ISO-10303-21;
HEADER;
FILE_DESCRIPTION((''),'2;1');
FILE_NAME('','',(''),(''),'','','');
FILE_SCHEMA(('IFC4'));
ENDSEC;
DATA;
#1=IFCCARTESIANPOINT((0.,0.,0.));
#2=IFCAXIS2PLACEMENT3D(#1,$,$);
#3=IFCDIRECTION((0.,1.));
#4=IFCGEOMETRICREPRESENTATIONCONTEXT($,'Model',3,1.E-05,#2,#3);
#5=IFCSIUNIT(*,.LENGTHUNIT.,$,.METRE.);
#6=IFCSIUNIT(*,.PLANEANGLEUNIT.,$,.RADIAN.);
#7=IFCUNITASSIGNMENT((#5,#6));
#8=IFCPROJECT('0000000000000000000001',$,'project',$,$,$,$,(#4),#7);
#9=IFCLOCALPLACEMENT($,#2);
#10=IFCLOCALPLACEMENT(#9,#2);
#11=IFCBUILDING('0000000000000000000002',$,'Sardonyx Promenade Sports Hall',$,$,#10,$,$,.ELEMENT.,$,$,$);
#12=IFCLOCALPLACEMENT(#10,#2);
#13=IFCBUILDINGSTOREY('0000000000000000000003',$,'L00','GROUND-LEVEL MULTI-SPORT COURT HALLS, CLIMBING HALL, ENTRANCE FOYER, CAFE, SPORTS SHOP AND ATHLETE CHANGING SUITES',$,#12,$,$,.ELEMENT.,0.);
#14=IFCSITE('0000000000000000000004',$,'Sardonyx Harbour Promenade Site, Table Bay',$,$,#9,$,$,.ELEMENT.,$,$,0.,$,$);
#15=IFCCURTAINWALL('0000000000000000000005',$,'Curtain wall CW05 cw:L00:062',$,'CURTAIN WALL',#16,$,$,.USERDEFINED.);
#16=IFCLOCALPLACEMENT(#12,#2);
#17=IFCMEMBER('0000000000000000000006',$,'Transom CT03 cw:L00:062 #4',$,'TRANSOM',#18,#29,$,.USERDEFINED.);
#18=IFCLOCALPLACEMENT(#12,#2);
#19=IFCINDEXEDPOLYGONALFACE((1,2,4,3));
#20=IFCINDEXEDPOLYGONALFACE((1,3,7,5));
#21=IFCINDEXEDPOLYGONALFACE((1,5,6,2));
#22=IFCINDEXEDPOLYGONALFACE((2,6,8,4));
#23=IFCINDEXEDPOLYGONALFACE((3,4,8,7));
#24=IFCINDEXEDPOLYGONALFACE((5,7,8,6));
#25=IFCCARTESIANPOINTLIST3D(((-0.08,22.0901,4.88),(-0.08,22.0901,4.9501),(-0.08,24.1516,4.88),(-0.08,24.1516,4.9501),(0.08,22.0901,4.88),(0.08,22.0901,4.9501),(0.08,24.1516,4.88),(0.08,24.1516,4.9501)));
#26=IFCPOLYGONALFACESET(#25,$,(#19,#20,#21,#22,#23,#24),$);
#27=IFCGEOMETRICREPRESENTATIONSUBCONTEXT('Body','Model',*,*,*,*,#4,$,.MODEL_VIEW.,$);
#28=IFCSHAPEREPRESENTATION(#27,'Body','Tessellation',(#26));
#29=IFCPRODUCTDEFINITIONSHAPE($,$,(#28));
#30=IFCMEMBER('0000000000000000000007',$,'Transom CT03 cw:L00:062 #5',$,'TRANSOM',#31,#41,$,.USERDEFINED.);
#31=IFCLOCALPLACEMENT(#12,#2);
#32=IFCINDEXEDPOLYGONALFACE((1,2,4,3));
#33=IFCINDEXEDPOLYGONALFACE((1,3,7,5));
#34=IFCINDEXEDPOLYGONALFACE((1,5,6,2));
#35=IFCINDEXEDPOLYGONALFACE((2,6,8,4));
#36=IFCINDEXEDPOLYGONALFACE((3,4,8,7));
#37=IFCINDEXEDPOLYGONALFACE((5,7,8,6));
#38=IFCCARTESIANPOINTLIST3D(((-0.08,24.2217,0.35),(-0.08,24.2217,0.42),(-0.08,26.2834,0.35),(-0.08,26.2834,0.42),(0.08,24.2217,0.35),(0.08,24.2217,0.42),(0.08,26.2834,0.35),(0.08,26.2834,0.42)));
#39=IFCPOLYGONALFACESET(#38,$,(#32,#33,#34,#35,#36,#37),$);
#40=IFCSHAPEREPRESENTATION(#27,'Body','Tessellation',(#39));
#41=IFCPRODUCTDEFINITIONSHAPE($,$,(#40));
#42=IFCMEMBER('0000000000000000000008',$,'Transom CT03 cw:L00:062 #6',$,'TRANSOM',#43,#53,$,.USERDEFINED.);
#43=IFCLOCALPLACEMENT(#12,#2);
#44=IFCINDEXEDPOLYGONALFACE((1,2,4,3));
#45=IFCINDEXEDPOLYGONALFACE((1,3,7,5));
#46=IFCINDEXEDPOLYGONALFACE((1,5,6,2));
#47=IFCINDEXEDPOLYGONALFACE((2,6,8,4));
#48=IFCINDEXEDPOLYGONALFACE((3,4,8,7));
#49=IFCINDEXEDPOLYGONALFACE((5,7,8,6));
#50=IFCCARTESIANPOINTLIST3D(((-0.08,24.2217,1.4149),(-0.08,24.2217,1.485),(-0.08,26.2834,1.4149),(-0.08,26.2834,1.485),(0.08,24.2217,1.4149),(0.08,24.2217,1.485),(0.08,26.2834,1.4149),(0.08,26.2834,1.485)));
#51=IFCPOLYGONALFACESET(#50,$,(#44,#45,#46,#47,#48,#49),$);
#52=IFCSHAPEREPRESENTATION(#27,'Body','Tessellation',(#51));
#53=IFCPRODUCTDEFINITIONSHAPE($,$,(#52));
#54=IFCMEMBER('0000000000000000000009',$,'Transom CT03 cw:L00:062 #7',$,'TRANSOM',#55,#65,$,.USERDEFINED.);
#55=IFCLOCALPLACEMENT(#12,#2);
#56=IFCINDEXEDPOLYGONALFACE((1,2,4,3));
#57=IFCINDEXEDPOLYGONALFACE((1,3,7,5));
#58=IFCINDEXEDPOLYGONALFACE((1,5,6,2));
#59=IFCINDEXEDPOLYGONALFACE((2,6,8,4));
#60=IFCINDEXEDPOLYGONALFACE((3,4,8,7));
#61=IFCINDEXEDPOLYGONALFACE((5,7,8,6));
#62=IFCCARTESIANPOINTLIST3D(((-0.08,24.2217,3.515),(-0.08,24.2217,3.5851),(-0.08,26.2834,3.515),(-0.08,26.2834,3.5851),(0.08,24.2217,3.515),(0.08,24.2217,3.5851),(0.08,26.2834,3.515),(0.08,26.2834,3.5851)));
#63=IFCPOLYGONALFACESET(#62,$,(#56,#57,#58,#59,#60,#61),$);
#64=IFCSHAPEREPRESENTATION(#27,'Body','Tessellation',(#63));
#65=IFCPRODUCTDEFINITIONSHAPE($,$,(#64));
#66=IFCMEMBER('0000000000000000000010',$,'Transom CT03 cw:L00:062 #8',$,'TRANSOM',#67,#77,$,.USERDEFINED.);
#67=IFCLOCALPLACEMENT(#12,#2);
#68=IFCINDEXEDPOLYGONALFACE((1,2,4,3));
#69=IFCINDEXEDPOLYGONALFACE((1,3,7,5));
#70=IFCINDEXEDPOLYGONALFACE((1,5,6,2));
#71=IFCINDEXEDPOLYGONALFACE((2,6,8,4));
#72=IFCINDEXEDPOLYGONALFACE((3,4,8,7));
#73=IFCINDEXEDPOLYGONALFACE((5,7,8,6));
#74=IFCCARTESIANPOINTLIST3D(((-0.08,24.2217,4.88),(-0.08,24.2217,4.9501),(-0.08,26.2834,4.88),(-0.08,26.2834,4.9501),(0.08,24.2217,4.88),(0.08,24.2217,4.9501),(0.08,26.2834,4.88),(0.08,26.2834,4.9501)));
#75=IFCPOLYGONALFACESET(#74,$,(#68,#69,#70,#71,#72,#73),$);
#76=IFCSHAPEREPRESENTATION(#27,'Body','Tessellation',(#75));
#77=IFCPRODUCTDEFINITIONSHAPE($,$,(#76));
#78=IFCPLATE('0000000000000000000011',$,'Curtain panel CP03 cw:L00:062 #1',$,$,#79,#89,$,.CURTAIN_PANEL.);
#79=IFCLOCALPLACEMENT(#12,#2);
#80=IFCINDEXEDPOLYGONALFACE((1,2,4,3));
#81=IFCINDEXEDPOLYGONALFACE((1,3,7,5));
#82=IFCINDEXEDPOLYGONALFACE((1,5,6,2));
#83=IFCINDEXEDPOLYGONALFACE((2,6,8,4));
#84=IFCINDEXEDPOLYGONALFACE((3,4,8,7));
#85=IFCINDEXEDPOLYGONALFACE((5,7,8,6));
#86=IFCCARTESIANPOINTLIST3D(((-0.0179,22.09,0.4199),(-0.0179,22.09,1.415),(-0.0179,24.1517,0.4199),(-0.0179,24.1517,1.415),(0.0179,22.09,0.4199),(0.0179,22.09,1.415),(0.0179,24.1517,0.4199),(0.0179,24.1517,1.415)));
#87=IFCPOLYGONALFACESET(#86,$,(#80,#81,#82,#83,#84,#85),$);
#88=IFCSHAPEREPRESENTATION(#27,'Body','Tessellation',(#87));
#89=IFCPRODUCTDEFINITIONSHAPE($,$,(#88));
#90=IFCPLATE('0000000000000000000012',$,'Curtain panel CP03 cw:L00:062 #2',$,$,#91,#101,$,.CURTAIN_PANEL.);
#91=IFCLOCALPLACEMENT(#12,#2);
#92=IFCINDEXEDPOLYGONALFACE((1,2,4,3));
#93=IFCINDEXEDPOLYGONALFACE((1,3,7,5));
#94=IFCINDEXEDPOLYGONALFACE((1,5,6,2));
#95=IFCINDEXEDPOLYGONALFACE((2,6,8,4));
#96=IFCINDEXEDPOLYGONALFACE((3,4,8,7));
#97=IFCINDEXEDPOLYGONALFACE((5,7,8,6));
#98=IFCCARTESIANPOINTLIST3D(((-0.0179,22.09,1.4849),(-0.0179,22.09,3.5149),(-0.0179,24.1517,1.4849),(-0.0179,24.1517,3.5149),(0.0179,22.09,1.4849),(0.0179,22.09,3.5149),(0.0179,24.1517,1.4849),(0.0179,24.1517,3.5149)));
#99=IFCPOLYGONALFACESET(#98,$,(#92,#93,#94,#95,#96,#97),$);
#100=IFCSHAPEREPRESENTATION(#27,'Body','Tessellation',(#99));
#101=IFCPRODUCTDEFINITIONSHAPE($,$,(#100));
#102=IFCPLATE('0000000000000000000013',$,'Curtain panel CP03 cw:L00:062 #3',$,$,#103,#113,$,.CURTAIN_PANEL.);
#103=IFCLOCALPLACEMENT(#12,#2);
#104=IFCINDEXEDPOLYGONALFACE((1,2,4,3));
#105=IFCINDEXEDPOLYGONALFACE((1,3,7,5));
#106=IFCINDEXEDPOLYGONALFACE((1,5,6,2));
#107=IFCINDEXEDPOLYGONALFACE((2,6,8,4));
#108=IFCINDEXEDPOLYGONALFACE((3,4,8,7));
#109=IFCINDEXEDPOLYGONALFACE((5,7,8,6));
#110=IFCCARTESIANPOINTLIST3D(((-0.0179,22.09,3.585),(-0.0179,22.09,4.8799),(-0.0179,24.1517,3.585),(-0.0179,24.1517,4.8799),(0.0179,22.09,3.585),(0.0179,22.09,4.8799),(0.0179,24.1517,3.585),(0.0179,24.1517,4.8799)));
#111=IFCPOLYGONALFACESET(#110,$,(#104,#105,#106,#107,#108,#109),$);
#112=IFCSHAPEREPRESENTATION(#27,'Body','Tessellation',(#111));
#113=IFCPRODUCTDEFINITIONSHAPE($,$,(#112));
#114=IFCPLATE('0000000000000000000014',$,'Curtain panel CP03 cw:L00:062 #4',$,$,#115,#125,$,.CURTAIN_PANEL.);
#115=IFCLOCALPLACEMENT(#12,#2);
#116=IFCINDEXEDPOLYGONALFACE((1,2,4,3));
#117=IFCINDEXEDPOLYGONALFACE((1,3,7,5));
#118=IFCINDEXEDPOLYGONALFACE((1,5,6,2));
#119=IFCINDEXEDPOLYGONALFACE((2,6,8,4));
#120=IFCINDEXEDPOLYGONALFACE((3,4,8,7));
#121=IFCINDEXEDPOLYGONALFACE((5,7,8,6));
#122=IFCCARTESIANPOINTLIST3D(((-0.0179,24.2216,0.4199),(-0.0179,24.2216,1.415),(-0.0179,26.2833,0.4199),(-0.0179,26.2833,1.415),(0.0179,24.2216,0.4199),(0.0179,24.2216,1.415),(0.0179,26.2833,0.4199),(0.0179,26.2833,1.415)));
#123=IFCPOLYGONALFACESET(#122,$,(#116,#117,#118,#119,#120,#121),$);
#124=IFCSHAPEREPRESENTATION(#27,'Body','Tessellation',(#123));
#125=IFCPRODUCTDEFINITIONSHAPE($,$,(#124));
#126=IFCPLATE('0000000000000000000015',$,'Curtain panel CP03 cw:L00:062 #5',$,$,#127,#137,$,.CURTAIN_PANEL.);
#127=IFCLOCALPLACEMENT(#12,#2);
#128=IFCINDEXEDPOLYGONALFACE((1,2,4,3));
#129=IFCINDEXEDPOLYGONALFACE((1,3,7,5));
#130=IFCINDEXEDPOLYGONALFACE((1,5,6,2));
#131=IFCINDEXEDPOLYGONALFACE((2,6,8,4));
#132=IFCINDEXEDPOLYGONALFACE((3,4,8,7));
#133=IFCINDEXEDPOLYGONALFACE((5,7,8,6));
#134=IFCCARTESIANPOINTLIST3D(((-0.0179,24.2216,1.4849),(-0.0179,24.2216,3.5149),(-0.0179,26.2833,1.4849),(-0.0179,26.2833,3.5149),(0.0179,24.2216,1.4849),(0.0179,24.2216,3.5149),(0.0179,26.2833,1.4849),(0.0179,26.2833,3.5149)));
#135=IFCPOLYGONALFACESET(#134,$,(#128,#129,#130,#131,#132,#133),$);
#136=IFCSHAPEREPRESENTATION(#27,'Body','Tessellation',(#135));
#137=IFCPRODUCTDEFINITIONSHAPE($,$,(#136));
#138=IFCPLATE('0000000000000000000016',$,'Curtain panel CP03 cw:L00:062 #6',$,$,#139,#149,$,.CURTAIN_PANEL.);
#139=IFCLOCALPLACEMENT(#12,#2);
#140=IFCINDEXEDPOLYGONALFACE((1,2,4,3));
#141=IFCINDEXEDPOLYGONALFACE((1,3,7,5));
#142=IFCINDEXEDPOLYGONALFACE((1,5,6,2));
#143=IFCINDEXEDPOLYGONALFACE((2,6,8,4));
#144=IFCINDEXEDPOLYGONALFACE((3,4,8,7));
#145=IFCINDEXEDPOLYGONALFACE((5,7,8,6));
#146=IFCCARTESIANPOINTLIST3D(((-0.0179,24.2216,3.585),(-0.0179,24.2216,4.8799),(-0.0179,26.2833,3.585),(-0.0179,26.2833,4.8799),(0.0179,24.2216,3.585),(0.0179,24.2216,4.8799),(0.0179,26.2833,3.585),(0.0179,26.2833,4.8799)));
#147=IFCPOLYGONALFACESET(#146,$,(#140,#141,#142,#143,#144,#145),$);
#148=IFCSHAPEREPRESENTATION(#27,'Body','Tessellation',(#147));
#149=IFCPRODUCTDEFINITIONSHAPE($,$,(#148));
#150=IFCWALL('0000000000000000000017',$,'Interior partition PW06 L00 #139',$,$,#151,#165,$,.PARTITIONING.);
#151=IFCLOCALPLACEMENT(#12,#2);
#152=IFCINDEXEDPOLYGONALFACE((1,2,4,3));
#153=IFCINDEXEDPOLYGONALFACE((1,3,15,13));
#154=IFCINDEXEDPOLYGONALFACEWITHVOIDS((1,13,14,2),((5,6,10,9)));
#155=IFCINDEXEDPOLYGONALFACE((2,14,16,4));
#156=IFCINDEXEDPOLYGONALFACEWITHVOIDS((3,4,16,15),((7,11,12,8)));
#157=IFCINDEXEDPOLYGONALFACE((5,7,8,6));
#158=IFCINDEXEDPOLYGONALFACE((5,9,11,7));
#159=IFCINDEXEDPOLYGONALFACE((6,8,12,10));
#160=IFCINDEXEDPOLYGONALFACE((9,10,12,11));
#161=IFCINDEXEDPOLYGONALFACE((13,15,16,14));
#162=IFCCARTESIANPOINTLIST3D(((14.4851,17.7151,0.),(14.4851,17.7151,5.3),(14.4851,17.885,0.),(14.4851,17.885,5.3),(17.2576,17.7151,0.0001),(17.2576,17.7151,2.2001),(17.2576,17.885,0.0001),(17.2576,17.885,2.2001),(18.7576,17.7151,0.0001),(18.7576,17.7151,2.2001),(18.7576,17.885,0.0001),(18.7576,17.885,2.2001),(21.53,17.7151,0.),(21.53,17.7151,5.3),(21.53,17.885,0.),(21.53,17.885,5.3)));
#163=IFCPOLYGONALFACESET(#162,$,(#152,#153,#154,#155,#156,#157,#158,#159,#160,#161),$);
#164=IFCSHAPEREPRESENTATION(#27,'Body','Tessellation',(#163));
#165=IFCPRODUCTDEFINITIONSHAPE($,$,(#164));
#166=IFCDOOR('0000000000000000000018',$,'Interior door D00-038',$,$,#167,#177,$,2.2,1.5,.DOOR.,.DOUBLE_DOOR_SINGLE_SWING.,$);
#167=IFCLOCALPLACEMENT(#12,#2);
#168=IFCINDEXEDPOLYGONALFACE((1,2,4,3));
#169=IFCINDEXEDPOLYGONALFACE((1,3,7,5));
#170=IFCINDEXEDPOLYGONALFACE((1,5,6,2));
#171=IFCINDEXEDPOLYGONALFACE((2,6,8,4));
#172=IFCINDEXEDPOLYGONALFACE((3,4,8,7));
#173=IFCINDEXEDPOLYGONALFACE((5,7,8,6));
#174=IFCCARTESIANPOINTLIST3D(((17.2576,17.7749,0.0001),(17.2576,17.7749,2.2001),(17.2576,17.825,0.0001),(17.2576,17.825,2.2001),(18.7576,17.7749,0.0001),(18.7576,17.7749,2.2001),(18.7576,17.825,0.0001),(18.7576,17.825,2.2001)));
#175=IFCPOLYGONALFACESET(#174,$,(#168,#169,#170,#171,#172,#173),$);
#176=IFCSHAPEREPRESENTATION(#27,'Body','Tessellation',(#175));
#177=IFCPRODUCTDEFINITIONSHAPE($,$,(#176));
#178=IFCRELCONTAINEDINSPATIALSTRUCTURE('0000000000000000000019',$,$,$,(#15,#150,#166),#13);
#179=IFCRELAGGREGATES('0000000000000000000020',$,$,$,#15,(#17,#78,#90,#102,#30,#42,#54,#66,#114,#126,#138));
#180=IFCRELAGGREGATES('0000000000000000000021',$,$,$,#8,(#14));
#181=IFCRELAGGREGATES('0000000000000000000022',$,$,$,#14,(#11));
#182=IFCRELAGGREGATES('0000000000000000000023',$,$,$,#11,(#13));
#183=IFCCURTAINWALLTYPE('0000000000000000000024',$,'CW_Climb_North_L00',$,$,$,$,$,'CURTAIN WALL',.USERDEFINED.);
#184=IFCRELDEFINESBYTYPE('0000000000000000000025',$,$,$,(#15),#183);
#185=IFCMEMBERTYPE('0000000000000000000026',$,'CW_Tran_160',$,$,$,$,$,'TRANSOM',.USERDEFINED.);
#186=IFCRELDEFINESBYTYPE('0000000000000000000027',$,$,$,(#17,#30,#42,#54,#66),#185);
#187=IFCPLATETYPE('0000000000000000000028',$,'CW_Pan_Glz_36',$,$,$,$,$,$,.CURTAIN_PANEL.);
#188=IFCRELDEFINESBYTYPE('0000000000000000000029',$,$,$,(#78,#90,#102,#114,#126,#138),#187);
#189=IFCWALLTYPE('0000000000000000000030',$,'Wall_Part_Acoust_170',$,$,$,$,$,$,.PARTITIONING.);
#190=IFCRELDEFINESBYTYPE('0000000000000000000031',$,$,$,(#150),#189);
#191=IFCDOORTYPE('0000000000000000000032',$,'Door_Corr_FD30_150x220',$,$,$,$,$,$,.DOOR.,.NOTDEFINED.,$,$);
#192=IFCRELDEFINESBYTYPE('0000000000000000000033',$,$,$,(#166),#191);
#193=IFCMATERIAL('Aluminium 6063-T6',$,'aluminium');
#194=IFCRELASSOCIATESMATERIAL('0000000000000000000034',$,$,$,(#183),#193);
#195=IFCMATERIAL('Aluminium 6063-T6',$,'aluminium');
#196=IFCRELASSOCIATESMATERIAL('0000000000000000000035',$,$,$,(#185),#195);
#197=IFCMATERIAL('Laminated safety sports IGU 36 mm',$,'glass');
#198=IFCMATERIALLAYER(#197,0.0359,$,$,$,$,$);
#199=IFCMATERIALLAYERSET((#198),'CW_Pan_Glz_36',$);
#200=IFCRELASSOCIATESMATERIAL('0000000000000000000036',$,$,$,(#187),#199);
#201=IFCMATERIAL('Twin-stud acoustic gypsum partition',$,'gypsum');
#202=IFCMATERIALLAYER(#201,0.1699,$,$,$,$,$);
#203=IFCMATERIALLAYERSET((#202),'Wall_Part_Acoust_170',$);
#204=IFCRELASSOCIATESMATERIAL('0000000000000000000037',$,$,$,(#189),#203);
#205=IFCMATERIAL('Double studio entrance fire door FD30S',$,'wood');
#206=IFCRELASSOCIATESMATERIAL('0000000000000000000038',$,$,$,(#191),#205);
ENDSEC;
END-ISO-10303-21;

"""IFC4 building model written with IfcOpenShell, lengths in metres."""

from ifc_helpers import new_model, si_unit, direction, frame, frame_2d, origin, origin_2d, place, context, subcontext, project, spatial, rectangle, extrude, material, layer, layer_set, material_profile, profile_set, type_object, element, fill, aggregate, save


model = new_model("IFC4")

# Units and contexts
model_context = context("Model", 3, precision=1e-05, world=origin(), true_north=direction((0.0, 1.0)))
body_context = subcontext(model_context, "Body", "Model", "MODEL_VIEW")
ifc_project = project(units=[si_unit("LENGTHUNIT", "METRE"), si_unit("PLANEANGLEUNIT", "RADIAN")], contexts=[model_context])

# Site, building, storey
site_placement = place(None, origin())
site = spatial("IfcSite", under=ifc_project, at=site_placement, Name="Sardonyx Harbour Promenade Site, Table Bay", CompositionType="ELEMENT", RefElevation=0.0)
building_placement = place(site_placement, origin())
building = spatial("IfcBuilding", under=site, at=building_placement, Name="Sardonyx Promenade Sports Hall", CompositionType="ELEMENT")
storey_placement = place(building_placement, origin())
storey = spatial("IfcBuildingStorey", under=building, at=storey_placement, Name="L00", Description="GROUND-LEVEL MULTI-SPORT COURT HALLS, CLIMBING HALL, ENTRANCE FOYER, CAFE, SPORTS SHOP AND ATHLETE CHANGING SUITES", CompositionType="ELEMENT", Elevation=0.0)

# Curtain wall, members, plates
ifc_material_1 = material(Name="Aluminium 6063-T6", Category="aluminium")
curtain_wall_type = type_object("IfcCurtainWallType", Name="CW_Climb_North_L00", ElementType="CURTAIN WALL", PredefinedType="USERDEFINED", material=ifc_material_1)
curtain_wall_placement = place(storey_placement, origin())
curtain_wall = element("IfcCurtainWall", 1, at=curtain_wall_placement, inside=storey, type_object=curtain_wall_type, Name="Curtain wall CW05 cw:L00:062", ObjectType="CURTAIN WALL", PredefinedType="USERDEFINED")
ifc_material_2 = material(Name="Aluminium 6063-T6", Category="aluminium")
ifc_material_profile_1 = material_profile(ifc_material_2, rectangle(XDim=0.0701, YDim=0.1599, at=origin_2d()))
ifc_profile_set_1 = profile_set([ifc_material_profile_1], Name="Aluminium 6063-T6")
member_type_1 = type_object("IfcMemberType", Name="CW_Tran_160", ElementType="TRANSOM", PredefinedType="USERDEFINED", material=ifc_profile_set_1)
member_1_placement = place(storey_placement, frame((0.0, 22.0901, 4.915), z_axis=(0.0, 1.0, 0.0), x_axis=(0.0, 0.0, 1.0)))
member_1 = element("IfcMember", 2, at=member_1_placement, type_object=member_type_1, Name="Transom CT03 cw:L00:062 #4", ObjectType="TRANSOM", PredefinedType="USERDEFINED", context=body_context, shape_type="SweptSolid", body=[
    extrude(rectangle(XDim=0.0701, YDim=0.1599, at=origin_2d()), origin(), (0.0, 0.0, 1.0), 2.0615),
])
member_2_placement = place(storey_placement, frame((0.0, 24.2217, 0.385), z_axis=(0.0, 1.0, 0.0), x_axis=(0.0, 0.0, 1.0)))
member_2 = element("IfcMember", 3, at=member_2_placement, type_object=member_type_1, Name="Transom CT03 cw:L00:062 #5", ObjectType="TRANSOM", PredefinedType="USERDEFINED", context=body_context, shape_type="SweptSolid", body=[
    extrude(rectangle(XDim=0.0701, YDim=0.1599, at=origin_2d()), origin(), (0.0, 0.0, 1.0), 2.0618),
])
member_3_placement = place(storey_placement, frame((0.0, 24.2217, 1.45), z_axis=(0.0, 1.0, 0.0), x_axis=(0.0, 0.0, 1.0)))
member_3 = element("IfcMember", 4, at=member_3_placement, type_object=member_type_1, Name="Transom CT03 cw:L00:062 #6", ObjectType="TRANSOM", PredefinedType="USERDEFINED", context=body_context, shape_type="SweptSolid", body=[
    extrude(rectangle(XDim=0.0701, YDim=0.1599, at=origin_2d()), origin(), (0.0, 0.0, 1.0), 2.0618),
])
member_4_placement = place(storey_placement, frame((0.0, 24.2217, 3.55), z_axis=(0.0, 1.0, 0.0), x_axis=(0.0, 0.0, 1.0)))
member_4 = element("IfcMember", 5, at=member_4_placement, type_object=member_type_1, Name="Transom CT03 cw:L00:062 #7", ObjectType="TRANSOM", PredefinedType="USERDEFINED", context=body_context, shape_type="SweptSolid", body=[
    extrude(rectangle(XDim=0.0701, YDim=0.1599, at=origin_2d()), origin(), (0.0, 0.0, 1.0), 2.0618),
])
member_5_placement = place(storey_placement, frame((0.0, 24.2217, 4.915), z_axis=(0.0, 1.0, 0.0), x_axis=(0.0, 0.0, 1.0)))
member_5 = element("IfcMember", 6, at=member_5_placement, type_object=member_type_1, Name="Transom CT03 cw:L00:062 #8", ObjectType="TRANSOM", PredefinedType="USERDEFINED", context=body_context, shape_type="SweptSolid", body=[
    extrude(rectangle(XDim=0.0701, YDim=0.1599, at=origin_2d()), origin(), (0.0, 0.0, 1.0), 2.0618),
])
ifc_material_3 = material(Name="Laminated safety sports IGU 36 mm", Category="glass")
ifc_layer_1 = layer(ifc_material_3, 0.0359)
ifc_layer_set_1 = layer_set([ifc_layer_1], Name="CW_Pan_Glz_36")
plate_type = type_object("IfcPlateType", Name="CW_Pan_Glz_36", PredefinedType="CURTAIN_PANEL", material=ifc_layer_set_1)
plate_1_placement = place(storey_placement, frame((0.0, 23.1208, 0.4199), z_axis=(0.0, 0.0, 1.0), x_axis=(0.0, 1.0, 0.0)))
plate_1 = element("IfcPlate", 7, at=plate_1_placement, type_object=plate_type, Name="Curtain panel CP03 cw:L00:062 #1", PredefinedType="CURTAIN_PANEL", context=body_context, shape_type="SweptSolid", body=[
    extrude(rectangle(XDim=2.0618, YDim=0.0359, at=origin_2d()), origin(), (0.0, 0.0, 1.0), 0.9951),
])
plate_2_placement = place(storey_placement, frame((0.0, 23.1208, 1.4849), z_axis=(0.0, 0.0, 1.0), x_axis=(0.0, 1.0, 0.0)))
plate_2 = element("IfcPlate", 8, at=plate_2_placement, type_object=plate_type, Name="Curtain panel CP03 cw:L00:062 #2", PredefinedType="CURTAIN_PANEL", context=body_context, shape_type="SweptSolid", body=[
    extrude(rectangle(XDim=2.0618, YDim=0.0359, at=origin_2d()), origin(), (0.0, 0.0, 1.0), 2.03),
])
plate_3_placement = place(storey_placement, frame((0.0, 23.1208, 3.585), z_axis=(0.0, 0.0, 1.0), x_axis=(0.0, 1.0, 0.0)))
plate_3 = element("IfcPlate", 9, at=plate_3_placement, type_object=plate_type, Name="Curtain panel CP03 cw:L00:062 #3", PredefinedType="CURTAIN_PANEL", context=body_context, shape_type="SweptSolid", body=[
    extrude(rectangle(XDim=2.0618, YDim=0.0359, at=origin_2d()), origin(), (0.0, 0.0, 1.0), 1.2949),
])
plate_4_placement = place(storey_placement, frame((0.0, 25.2524, 0.4199), z_axis=(0.0, 0.0, 1.0), x_axis=(0.0, 1.0, 0.0)))
plate_4 = element("IfcPlate", 10, at=plate_4_placement, type_object=plate_type, Name="Curtain panel CP03 cw:L00:062 #4", PredefinedType="CURTAIN_PANEL", context=body_context, shape_type="SweptSolid", body=[
    extrude(rectangle(XDim=2.0618, YDim=0.0359, at=origin_2d()), origin(), (0.0, 0.0, 1.0), 0.9951),
])
plate_5_placement = place(storey_placement, frame((0.0, 25.2524, 1.4849), z_axis=(0.0, 0.0, 1.0), x_axis=(0.0, 1.0, 0.0)))
plate_5 = element("IfcPlate", 11, at=plate_5_placement, type_object=plate_type, Name="Curtain panel CP03 cw:L00:062 #5", PredefinedType="CURTAIN_PANEL", context=body_context, shape_type="SweptSolid", body=[
    extrude(rectangle(XDim=2.0618, YDim=0.0359, at=origin_2d()), origin(), (0.0, 0.0, 1.0), 2.03),
])
plate_6_placement = place(storey_placement, frame((0.0, 25.2524, 3.585), z_axis=(0.0, 0.0, 1.0), x_axis=(0.0, 1.0, 0.0)))
plate_6 = element("IfcPlate", 12, at=plate_6_placement, type_object=plate_type, Name="Curtain panel CP03 cw:L00:062 #6", PredefinedType="CURTAIN_PANEL", context=body_context, shape_type="SweptSolid", body=[
    extrude(rectangle(XDim=2.0618, YDim=0.0359, at=origin_2d()), origin(), (0.0, 0.0, 1.0), 1.2949),
])
aggregate(curtain_wall, [member_1, plate_1, plate_2, plate_3, member_2, member_3, member_4, member_5, plate_4, plate_5, plate_6])

# Wall, opening, door
ifc_material_4 = material(Name="Twin-stud acoustic gypsum partition", Category="gypsum")
ifc_layer_2 = layer(ifc_material_4, 0.1699)
ifc_layer_set_2 = layer_set([ifc_layer_2], Name="Wall_Part_Acoust_170")
wall_type_1 = type_object("IfcWallType", Name="Wall_Part_Acoust_170", PredefinedType="PARTITIONING", material=ifc_layer_set_2)
wall_1_placement = place(storey_placement, frame((14.4851, 17.8, 0.0), z_axis=(0.0, 0.0, 1.0), x_axis=(1.0, 0.0, 0.0)))
wall_1 = element("IfcWall", 13, at=wall_1_placement, inside=storey, type_object=wall_type_1, Name="Interior partition PW06 L00 #139", PredefinedType="PARTITIONING", context=body_context, shape_type="SweptSolid", body=[
    extrude(rectangle(XDim=7.0449, YDim=0.1699, at=frame_2d((3.5225, 0.0))), origin(), (0.0, 0.0, 1.0), 5.3),
])
opening_1_placement = place(wall_1_placement, frame((2.7725, 0.0, 0.0)))
opening_1 = element("IfcOpeningElement", 14, at=opening_1_placement, cuts=wall_1, PredefinedType="OPENING", context=body_context, shape_type="SweptSolid", body=[
    extrude(rectangle(XDim=1.5, YDim=2.2, at=frame_2d((0.75, 1.1001))), frame((0.0, 0.095, 0.0), z_axis=(0.0, -1.0, 0.0), x_axis=(1.0, 0.0, 0.0)), (0.0, 0.0, 1.0), 0.19),
])
ifc_material_5 = material(Name="Double studio entrance fire door FD30S", Category="wood")
door_type = type_object("IfcDoorType", Name="Door_Corr_FD30_150x220", OperationType="NOTDEFINED", PredefinedType="DOOR", material=ifc_material_5)
door_1_placement = place(opening_1_placement, origin())
door_1 = element("IfcDoor", 15, at=door_1_placement, inside=storey, type_object=door_type, Name="Interior door D00-038", OperationType="DOUBLE_DOOR_SINGLE_SWING", OverallHeight=2.2, OverallWidth=1.5, PredefinedType="DOOR", context=body_context, shape_type="SweptSolid", body=[
    extrude(rectangle(XDim=1.5, YDim=2.2, at=frame_2d((0.75, 1.1001))), frame((0.0, 0.0249, 0.0), z_axis=(0.0, -1.0, 0.0), x_axis=(1.0, 0.0, 0.0)), (0.0, 0.0, 1.0), 0.05),
])
fill(opening_1, door_1)

save(model, "model.ifc")
